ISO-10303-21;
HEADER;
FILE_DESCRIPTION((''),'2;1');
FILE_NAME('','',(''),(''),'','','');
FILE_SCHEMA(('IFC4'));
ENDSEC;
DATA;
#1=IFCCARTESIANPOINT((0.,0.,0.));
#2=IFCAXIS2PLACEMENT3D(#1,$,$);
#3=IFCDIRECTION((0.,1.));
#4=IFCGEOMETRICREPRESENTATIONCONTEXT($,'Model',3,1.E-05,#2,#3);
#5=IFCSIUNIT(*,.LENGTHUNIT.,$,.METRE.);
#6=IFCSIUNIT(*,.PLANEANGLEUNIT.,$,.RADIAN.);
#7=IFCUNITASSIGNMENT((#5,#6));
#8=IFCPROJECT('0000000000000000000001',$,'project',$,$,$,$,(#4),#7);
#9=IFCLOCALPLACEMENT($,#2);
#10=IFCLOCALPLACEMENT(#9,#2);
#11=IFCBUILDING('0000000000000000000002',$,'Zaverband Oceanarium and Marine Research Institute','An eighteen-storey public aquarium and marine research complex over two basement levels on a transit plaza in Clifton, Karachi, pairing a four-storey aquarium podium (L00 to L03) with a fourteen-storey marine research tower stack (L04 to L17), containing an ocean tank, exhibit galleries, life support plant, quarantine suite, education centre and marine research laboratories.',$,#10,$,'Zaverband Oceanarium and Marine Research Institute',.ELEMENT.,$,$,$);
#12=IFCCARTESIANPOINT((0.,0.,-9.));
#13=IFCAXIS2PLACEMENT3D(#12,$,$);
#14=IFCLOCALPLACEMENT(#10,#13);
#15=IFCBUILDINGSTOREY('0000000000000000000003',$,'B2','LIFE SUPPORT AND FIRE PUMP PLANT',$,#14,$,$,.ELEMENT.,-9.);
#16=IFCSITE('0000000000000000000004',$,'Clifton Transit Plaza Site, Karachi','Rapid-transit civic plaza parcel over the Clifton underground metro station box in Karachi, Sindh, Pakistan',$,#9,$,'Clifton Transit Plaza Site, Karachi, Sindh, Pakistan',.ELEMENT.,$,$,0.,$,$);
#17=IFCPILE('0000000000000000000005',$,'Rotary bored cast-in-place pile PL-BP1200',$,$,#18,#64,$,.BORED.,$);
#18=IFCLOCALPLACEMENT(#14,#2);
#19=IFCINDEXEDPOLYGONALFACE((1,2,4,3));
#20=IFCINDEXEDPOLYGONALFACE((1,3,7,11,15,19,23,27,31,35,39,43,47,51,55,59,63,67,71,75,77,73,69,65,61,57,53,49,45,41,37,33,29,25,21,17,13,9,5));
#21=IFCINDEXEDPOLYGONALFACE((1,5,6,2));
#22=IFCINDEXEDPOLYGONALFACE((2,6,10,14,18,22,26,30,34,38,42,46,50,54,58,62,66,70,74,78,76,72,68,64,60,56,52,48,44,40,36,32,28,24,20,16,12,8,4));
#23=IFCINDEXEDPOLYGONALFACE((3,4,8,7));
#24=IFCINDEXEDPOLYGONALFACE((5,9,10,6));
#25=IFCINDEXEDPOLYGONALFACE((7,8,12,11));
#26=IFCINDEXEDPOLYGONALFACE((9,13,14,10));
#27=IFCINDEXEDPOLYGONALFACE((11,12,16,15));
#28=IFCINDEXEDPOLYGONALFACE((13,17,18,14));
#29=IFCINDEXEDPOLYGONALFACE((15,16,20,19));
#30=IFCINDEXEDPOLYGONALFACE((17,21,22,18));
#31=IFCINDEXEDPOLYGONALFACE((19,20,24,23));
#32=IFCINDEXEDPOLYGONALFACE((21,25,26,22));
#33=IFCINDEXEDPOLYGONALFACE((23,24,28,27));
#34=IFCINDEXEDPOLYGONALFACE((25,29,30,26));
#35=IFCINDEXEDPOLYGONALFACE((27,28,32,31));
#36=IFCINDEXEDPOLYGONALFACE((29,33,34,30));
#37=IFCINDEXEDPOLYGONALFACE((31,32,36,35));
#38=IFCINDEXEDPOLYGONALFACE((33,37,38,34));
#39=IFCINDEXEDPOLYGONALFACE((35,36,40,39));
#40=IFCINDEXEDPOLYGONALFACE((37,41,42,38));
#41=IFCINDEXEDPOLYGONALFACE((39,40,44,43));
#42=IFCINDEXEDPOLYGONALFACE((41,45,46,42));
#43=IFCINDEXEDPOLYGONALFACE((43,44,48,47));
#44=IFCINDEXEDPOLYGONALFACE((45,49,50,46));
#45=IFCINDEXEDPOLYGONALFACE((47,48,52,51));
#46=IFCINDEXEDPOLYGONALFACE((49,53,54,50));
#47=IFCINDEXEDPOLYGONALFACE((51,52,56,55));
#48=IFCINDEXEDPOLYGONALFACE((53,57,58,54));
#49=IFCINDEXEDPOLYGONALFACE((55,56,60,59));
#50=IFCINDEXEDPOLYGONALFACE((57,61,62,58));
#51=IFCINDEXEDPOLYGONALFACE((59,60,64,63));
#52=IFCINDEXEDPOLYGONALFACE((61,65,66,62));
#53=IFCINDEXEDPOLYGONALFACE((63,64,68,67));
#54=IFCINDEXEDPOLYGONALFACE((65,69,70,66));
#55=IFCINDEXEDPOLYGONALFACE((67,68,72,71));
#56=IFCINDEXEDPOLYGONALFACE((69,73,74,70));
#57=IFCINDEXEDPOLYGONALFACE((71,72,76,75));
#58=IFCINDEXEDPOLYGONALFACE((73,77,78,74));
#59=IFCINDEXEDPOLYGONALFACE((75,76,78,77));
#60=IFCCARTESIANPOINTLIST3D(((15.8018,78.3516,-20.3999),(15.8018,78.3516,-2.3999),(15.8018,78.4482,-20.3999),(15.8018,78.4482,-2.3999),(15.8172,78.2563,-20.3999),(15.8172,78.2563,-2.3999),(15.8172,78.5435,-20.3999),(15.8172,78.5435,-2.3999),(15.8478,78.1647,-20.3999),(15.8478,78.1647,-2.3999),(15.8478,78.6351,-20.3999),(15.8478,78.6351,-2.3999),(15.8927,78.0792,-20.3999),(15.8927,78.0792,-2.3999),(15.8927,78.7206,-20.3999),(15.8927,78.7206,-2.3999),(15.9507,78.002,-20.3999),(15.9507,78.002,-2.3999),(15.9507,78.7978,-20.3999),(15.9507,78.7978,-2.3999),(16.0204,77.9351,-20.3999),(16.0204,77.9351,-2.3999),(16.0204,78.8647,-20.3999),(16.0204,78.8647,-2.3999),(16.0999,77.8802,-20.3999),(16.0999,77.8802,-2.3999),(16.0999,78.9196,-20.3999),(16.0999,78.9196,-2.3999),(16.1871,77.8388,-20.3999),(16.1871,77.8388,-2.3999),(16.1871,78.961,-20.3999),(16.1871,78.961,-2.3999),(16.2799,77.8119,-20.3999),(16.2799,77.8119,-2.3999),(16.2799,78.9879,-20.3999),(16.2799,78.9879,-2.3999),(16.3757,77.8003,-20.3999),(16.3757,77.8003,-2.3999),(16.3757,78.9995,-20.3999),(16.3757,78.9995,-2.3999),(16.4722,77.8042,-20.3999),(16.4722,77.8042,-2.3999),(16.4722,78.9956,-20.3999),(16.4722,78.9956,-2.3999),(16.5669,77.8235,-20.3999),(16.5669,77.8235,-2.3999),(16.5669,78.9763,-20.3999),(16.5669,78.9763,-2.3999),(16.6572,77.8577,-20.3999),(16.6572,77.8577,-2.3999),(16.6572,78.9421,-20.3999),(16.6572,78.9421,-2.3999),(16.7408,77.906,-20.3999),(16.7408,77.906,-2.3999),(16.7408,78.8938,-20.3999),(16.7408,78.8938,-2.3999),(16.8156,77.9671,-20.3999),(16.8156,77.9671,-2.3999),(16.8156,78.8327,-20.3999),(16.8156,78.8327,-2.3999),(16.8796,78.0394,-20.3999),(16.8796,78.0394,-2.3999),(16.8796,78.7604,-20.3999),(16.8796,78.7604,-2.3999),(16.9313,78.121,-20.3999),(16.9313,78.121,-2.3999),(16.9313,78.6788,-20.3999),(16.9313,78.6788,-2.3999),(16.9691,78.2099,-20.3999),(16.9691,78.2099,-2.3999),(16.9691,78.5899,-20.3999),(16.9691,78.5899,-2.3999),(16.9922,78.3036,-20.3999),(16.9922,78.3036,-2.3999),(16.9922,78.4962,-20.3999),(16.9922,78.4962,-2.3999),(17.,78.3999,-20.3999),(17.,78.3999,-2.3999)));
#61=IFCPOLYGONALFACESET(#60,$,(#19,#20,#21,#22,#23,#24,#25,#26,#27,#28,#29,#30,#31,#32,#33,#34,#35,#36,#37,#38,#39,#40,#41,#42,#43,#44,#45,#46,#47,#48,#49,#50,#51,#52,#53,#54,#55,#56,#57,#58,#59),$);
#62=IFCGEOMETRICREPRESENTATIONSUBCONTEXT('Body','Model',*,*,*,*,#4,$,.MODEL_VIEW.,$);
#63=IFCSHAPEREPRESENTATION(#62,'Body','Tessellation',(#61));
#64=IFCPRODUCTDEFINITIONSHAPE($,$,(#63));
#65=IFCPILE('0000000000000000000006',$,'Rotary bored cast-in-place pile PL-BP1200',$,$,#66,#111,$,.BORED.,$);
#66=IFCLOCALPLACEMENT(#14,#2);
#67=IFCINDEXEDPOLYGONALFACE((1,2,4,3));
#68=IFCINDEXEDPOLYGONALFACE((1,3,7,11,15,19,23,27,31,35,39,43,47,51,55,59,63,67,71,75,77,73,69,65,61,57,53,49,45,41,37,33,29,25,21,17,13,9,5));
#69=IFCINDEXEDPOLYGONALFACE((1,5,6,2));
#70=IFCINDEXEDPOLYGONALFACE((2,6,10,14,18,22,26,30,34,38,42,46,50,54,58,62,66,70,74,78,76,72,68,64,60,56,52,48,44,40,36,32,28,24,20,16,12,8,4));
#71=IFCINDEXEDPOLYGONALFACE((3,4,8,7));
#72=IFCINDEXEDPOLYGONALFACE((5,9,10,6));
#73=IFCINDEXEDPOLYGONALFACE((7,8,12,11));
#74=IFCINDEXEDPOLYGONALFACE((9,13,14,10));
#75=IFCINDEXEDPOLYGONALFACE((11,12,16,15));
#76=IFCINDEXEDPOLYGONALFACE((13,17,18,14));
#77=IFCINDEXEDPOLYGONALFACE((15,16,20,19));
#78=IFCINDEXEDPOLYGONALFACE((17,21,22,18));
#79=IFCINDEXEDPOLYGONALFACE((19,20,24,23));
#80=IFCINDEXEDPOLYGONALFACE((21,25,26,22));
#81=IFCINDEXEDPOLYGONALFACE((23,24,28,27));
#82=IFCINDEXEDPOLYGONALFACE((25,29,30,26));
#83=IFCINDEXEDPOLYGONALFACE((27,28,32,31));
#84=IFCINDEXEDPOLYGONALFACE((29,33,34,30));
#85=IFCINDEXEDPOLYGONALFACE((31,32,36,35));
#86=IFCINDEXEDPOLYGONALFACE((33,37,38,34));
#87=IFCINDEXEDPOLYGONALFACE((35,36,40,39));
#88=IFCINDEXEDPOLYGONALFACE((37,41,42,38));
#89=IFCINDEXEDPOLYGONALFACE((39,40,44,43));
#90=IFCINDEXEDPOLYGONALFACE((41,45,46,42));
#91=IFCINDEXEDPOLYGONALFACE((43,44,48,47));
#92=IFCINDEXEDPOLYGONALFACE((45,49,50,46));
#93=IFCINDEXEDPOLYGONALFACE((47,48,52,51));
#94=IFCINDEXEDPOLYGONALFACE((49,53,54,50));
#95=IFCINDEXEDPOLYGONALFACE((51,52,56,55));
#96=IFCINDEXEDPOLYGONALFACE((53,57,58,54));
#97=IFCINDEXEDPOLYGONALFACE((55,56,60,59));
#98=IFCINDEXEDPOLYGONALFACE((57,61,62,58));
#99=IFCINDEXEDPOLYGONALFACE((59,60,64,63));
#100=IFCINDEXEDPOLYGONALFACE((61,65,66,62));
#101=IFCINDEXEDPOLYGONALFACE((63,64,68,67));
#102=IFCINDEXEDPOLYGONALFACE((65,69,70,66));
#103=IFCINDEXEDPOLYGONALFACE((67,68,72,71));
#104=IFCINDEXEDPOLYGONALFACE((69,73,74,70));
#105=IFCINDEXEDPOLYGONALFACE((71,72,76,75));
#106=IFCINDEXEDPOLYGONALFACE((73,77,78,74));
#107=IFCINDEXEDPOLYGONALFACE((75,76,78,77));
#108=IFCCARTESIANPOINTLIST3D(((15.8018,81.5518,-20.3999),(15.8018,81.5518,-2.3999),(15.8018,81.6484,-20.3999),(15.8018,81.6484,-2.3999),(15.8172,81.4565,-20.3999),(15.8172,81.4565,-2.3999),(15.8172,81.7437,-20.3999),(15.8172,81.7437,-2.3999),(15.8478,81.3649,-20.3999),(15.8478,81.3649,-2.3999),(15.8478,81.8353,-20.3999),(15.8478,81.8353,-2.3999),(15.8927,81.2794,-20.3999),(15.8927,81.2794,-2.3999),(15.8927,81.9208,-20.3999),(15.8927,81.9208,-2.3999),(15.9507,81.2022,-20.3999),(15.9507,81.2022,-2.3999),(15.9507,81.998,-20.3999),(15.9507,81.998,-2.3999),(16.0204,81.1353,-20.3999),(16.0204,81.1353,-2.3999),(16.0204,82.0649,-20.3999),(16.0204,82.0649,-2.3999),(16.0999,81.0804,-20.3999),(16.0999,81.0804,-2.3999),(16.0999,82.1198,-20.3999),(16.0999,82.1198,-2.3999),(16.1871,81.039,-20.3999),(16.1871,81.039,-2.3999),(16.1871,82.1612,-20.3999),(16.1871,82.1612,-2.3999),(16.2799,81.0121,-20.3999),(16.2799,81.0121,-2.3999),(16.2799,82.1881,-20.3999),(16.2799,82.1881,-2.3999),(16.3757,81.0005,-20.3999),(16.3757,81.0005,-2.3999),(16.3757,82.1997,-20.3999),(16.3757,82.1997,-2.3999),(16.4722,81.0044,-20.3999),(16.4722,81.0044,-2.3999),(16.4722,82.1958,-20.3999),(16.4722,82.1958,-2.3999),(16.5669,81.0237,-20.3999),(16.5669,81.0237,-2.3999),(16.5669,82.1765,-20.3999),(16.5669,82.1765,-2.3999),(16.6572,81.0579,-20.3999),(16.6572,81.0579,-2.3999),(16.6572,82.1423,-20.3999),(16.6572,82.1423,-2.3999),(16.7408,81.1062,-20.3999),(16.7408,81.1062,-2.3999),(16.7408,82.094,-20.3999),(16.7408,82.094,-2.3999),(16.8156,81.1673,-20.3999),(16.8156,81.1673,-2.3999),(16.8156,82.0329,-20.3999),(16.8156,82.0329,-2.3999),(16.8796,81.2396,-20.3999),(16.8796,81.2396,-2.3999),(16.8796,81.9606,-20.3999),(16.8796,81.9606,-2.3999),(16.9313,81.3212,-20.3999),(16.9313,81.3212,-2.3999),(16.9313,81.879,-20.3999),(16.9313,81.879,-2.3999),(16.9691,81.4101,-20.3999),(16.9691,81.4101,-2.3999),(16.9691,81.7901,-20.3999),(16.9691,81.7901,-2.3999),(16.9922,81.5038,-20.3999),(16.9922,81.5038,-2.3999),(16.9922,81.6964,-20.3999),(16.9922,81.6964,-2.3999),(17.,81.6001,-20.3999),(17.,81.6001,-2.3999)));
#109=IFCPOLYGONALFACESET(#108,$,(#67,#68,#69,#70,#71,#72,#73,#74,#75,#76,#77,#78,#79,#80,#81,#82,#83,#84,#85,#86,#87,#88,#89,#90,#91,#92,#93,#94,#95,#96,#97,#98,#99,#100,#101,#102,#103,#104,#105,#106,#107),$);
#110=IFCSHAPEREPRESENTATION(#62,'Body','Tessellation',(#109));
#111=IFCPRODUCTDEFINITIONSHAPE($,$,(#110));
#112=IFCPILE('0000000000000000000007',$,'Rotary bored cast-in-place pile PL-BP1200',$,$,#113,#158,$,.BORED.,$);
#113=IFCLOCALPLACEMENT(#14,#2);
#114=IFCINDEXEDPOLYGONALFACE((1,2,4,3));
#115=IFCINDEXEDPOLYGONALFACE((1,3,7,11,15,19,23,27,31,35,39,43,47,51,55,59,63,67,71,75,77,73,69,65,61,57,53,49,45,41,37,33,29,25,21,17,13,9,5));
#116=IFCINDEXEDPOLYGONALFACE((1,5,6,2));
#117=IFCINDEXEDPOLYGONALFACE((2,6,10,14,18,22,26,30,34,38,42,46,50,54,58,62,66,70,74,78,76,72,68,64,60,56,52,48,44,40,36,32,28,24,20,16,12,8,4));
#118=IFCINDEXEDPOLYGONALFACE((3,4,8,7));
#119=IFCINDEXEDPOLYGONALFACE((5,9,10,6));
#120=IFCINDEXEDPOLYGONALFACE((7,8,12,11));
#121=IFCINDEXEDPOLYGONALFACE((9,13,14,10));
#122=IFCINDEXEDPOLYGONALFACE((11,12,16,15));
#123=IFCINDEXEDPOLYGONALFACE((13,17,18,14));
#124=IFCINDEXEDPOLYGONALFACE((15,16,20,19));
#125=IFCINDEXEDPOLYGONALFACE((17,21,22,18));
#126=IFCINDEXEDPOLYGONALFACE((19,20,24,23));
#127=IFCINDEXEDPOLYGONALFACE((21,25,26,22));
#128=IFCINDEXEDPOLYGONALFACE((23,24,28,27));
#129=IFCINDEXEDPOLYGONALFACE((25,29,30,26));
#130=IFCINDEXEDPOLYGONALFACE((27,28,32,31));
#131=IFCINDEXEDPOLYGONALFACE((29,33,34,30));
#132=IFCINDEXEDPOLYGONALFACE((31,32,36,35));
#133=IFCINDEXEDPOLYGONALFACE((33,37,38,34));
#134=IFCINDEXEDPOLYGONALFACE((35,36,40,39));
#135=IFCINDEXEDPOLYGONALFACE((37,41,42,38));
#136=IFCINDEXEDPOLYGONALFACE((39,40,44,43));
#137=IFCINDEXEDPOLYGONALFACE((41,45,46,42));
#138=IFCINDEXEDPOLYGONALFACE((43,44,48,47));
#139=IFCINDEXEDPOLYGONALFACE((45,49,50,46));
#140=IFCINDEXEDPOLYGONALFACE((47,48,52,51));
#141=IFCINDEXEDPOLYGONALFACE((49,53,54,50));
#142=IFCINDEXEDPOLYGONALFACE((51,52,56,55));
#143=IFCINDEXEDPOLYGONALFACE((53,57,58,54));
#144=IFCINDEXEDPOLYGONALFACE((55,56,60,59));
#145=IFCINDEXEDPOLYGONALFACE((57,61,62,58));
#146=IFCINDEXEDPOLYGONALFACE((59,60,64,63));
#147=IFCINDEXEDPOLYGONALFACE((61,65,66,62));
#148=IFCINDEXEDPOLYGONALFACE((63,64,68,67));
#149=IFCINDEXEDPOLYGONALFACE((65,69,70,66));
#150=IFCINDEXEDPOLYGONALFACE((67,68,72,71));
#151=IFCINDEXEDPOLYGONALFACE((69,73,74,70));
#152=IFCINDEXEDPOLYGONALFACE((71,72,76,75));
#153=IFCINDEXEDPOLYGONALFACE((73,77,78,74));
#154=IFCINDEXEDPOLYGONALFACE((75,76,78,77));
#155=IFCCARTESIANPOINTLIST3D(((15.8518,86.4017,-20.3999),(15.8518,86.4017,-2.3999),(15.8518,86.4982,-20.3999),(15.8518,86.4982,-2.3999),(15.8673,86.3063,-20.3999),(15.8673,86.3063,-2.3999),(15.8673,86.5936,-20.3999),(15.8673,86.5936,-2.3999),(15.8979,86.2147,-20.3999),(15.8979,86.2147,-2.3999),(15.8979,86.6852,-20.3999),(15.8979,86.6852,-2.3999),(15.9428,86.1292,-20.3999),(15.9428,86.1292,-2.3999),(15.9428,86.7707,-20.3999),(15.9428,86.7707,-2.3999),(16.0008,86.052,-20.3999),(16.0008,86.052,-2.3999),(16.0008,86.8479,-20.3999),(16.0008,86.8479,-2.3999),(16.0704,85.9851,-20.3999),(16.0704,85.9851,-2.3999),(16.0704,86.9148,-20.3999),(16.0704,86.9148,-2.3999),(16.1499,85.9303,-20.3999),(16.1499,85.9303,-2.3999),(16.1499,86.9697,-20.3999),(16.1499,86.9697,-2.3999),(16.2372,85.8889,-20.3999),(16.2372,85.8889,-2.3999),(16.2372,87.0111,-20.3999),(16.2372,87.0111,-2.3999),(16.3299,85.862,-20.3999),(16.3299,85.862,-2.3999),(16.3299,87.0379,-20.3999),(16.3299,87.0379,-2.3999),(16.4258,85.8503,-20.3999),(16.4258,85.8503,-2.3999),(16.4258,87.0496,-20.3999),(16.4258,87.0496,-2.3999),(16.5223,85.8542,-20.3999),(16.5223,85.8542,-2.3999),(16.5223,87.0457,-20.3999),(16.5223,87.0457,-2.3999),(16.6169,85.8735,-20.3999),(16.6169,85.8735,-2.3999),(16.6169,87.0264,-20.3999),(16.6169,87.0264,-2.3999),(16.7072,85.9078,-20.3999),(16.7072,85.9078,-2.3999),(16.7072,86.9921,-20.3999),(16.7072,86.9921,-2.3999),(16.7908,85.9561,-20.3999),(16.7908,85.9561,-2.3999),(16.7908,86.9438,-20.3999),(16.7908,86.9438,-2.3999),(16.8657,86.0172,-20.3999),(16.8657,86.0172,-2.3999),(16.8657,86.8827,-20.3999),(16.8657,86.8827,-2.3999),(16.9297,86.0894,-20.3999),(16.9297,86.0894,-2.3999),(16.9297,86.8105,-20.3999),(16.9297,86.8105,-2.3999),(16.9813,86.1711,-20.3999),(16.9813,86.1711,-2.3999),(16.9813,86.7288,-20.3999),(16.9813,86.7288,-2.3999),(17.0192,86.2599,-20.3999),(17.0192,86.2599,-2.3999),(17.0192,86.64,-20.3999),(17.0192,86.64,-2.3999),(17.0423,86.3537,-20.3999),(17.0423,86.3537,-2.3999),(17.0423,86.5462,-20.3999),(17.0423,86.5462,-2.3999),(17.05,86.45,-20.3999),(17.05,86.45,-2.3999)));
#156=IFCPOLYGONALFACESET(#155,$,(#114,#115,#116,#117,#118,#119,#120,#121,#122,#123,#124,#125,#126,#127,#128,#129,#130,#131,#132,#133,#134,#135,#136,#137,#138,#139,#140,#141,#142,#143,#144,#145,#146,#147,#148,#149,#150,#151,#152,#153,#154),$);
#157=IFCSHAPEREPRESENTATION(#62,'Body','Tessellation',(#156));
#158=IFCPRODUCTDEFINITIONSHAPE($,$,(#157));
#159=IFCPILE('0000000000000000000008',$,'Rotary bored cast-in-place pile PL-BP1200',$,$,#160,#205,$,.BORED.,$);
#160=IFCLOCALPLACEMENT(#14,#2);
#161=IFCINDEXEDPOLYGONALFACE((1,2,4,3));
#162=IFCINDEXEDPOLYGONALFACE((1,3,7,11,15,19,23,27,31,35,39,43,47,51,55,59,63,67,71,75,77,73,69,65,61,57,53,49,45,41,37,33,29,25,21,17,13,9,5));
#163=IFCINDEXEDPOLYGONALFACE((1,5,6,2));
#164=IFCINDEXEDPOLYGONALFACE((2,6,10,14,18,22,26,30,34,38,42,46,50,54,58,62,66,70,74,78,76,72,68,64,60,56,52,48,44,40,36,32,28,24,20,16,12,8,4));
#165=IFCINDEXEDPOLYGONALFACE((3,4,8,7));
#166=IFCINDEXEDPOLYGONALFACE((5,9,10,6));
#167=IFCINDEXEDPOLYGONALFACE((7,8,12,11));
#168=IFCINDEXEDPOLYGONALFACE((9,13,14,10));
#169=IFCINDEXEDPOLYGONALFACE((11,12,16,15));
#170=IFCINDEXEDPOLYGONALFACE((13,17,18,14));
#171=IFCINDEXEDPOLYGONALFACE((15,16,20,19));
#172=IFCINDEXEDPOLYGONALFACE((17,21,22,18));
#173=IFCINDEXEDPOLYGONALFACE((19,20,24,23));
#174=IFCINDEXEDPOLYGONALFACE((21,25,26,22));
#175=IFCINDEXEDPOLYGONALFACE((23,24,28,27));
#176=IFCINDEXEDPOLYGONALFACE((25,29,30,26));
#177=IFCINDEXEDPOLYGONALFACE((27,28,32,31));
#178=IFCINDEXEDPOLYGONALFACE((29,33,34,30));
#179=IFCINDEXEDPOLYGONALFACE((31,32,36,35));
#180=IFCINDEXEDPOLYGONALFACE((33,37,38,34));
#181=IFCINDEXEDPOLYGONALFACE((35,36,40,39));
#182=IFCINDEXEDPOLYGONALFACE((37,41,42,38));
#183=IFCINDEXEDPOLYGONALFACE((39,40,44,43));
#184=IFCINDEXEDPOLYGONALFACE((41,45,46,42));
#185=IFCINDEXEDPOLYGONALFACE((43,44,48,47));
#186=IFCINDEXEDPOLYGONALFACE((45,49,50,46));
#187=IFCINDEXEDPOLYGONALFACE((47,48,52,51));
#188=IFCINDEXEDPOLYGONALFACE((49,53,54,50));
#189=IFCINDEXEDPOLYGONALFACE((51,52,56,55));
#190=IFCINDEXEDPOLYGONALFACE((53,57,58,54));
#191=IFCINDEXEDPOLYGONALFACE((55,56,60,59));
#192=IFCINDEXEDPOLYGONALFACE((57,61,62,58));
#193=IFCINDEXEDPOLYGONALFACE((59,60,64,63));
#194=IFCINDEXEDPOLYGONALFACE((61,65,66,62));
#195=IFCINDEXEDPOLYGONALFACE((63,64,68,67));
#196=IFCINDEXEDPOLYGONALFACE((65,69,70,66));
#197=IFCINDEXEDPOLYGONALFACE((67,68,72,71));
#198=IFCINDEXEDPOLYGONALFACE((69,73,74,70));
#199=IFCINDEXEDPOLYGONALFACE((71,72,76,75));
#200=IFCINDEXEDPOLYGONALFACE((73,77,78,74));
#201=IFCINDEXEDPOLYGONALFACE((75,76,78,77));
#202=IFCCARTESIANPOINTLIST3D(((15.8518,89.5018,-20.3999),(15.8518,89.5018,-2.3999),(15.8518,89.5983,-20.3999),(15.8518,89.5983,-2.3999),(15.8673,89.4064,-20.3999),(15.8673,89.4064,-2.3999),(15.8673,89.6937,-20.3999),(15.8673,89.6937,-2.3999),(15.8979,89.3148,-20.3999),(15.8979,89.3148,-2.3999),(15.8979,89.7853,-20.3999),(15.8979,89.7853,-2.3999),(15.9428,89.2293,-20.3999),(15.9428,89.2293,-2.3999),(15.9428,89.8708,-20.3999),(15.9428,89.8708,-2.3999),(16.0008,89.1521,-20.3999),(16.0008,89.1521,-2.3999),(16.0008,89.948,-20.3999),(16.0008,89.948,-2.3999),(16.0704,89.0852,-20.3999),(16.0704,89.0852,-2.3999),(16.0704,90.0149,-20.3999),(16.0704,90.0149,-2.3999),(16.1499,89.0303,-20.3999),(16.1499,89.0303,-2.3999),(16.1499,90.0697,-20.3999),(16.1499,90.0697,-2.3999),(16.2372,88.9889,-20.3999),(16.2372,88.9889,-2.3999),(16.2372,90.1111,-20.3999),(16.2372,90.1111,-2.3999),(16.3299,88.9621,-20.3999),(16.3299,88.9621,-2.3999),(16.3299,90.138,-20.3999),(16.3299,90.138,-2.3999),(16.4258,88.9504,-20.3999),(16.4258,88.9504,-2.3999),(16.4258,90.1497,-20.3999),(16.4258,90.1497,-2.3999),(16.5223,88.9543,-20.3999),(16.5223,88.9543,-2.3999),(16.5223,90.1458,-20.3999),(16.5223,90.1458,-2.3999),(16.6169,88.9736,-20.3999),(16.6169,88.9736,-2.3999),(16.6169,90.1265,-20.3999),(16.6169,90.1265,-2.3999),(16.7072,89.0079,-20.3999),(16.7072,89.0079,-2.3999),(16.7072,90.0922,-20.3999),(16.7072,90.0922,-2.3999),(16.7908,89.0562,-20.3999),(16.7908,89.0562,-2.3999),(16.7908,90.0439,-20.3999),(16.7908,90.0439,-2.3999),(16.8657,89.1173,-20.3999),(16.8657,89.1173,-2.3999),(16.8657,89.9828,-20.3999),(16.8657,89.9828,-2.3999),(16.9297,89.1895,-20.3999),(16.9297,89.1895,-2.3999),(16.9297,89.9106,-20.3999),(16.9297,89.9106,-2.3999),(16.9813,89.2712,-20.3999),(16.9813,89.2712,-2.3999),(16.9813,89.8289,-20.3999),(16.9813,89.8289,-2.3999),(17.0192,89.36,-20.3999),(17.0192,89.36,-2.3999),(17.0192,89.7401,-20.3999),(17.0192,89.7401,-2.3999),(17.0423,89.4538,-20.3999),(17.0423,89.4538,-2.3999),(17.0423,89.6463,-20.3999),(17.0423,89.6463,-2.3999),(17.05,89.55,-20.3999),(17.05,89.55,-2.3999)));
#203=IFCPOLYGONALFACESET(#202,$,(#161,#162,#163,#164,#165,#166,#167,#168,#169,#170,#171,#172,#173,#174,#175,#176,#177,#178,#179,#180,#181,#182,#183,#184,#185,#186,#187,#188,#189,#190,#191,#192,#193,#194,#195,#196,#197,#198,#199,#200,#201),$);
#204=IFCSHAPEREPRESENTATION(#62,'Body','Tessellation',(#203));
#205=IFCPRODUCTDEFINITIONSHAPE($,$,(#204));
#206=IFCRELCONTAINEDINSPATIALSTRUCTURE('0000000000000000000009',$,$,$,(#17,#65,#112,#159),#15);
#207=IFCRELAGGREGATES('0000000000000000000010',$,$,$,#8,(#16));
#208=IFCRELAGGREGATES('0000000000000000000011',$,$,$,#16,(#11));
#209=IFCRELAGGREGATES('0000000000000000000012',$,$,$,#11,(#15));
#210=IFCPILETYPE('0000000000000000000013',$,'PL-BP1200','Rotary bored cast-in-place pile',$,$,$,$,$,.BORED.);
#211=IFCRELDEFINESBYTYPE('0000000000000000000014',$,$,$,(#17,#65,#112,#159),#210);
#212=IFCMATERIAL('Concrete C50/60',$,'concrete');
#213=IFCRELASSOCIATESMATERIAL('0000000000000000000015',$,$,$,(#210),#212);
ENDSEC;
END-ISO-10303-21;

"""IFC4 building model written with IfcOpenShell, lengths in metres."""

from ifc_helpers import new_model, si_unit, direction, frame, origin, origin_2d, place, context, subcontext, project, spatial, circle, extrude, material, material_profile, profile_set, type_object, element, save


model = new_model("IFC4")

# Units and contexts
model_context = context("Model", 3, precision=1e-05, world=origin(), true_north=direction((0.0, 1.0)))
body_context = subcontext(model_context, "Body", "Model", "MODEL_VIEW")
ifc_project = project(units=[si_unit("LENGTHUNIT", "METRE"), si_unit("PLANEANGLEUNIT", "RADIAN")], contexts=[model_context])

# Site, building, storey
site_placement = place(None, origin())
site = spatial("IfcSite", under=ifc_project, at=site_placement, Name="Clifton Transit Plaza Site, Karachi", Description="Rapid-transit civic plaza parcel over the Clifton underground metro station box in Karachi, Sindh, Pakistan", LongName="Clifton Transit Plaza Site, Karachi, Sindh, Pakistan", CompositionType="ELEMENT", RefElevation=0.0)
building_placement = place(site_placement, origin())
building = spatial("IfcBuilding", under=site, at=building_placement, Name="Zaverband Oceanarium and Marine Research Institute", Description="An eighteen-storey public aquarium and marine research complex over two basement levels on a transit plaza in Clifton, Karachi, pairing a four-storey aquarium podium (L00 to L03) with a fourteen-storey marine research tower stack (L04 to L17), containing an ocean tank, exhibit galleries, life support plant, quarantine suite, education centre and marine research laboratories.", LongName="Zaverband Oceanarium and Marine Research Institute", CompositionType="ELEMENT")
storey_placement = place(building_placement, frame((0.0, 0.0, -9.0)))
storey = spatial("IfcBuildingStorey", under=building, at=storey_placement, Name="B2", Description="LIFE SUPPORT AND FIRE PUMP PLANT", CompositionType="ELEMENT", Elevation=-9.0)

# Shared definitions
ifc_material_1 = material(Name="Concrete C50/60", Category="concrete")

# Piles
ifc_material_profile_1 = material_profile(ifc_material_1, circle(Radius=0.6001, at=origin_2d()), Name="BP1200")
ifc_profile_set_1 = profile_set([ifc_material_profile_1], Name="Concrete C50/60")
pile_type = type_object("IfcPileType", Name="PL-BP1200", Description="Rotary bored cast-in-place pile", PredefinedType="BORED", material=ifc_profile_set_1)
for number, where, z_axis, x_axis, name in (
    (1, (16.3999, 78.3999, -2.3999), (0.0, 0.0, -1.0), (1.0, 0.0, 0.0), "Rotary bored cast-in-place pile PL-BP1200"),
    (2, (16.3999, 81.6001, -2.3999), (0.0, 0.0, -1.0), (1.0, 0.0, 0.0), "Rotary bored cast-in-place pile PL-BP1200"),
    (3, (16.45, 86.45, -2.3999), (0.0, 0.0, -1.0), (1.0, 0.0, 0.0), "Rotary bored cast-in-place pile PL-BP1200"),
    (4, (16.45, 89.55, -2.3999), (0.0, 0.0, -1.0), (1.0, 0.0, 0.0), "Rotary bored cast-in-place pile PL-BP1200"),
):
    element("IfcPile", number, at=place(storey_placement, frame(where, z_axis=z_axis, x_axis=x_axis)), inside=storey, type_object=pile_type, Name=name, PredefinedType="BORED", context=body_context, shape_type="SweptSolid", body=[
        extrude(circle(Radius=0.6001, at=origin_2d()), origin(), (0.0, 0.0, 1.0), 18.0),
    ])

save(model, "model.ifc")
